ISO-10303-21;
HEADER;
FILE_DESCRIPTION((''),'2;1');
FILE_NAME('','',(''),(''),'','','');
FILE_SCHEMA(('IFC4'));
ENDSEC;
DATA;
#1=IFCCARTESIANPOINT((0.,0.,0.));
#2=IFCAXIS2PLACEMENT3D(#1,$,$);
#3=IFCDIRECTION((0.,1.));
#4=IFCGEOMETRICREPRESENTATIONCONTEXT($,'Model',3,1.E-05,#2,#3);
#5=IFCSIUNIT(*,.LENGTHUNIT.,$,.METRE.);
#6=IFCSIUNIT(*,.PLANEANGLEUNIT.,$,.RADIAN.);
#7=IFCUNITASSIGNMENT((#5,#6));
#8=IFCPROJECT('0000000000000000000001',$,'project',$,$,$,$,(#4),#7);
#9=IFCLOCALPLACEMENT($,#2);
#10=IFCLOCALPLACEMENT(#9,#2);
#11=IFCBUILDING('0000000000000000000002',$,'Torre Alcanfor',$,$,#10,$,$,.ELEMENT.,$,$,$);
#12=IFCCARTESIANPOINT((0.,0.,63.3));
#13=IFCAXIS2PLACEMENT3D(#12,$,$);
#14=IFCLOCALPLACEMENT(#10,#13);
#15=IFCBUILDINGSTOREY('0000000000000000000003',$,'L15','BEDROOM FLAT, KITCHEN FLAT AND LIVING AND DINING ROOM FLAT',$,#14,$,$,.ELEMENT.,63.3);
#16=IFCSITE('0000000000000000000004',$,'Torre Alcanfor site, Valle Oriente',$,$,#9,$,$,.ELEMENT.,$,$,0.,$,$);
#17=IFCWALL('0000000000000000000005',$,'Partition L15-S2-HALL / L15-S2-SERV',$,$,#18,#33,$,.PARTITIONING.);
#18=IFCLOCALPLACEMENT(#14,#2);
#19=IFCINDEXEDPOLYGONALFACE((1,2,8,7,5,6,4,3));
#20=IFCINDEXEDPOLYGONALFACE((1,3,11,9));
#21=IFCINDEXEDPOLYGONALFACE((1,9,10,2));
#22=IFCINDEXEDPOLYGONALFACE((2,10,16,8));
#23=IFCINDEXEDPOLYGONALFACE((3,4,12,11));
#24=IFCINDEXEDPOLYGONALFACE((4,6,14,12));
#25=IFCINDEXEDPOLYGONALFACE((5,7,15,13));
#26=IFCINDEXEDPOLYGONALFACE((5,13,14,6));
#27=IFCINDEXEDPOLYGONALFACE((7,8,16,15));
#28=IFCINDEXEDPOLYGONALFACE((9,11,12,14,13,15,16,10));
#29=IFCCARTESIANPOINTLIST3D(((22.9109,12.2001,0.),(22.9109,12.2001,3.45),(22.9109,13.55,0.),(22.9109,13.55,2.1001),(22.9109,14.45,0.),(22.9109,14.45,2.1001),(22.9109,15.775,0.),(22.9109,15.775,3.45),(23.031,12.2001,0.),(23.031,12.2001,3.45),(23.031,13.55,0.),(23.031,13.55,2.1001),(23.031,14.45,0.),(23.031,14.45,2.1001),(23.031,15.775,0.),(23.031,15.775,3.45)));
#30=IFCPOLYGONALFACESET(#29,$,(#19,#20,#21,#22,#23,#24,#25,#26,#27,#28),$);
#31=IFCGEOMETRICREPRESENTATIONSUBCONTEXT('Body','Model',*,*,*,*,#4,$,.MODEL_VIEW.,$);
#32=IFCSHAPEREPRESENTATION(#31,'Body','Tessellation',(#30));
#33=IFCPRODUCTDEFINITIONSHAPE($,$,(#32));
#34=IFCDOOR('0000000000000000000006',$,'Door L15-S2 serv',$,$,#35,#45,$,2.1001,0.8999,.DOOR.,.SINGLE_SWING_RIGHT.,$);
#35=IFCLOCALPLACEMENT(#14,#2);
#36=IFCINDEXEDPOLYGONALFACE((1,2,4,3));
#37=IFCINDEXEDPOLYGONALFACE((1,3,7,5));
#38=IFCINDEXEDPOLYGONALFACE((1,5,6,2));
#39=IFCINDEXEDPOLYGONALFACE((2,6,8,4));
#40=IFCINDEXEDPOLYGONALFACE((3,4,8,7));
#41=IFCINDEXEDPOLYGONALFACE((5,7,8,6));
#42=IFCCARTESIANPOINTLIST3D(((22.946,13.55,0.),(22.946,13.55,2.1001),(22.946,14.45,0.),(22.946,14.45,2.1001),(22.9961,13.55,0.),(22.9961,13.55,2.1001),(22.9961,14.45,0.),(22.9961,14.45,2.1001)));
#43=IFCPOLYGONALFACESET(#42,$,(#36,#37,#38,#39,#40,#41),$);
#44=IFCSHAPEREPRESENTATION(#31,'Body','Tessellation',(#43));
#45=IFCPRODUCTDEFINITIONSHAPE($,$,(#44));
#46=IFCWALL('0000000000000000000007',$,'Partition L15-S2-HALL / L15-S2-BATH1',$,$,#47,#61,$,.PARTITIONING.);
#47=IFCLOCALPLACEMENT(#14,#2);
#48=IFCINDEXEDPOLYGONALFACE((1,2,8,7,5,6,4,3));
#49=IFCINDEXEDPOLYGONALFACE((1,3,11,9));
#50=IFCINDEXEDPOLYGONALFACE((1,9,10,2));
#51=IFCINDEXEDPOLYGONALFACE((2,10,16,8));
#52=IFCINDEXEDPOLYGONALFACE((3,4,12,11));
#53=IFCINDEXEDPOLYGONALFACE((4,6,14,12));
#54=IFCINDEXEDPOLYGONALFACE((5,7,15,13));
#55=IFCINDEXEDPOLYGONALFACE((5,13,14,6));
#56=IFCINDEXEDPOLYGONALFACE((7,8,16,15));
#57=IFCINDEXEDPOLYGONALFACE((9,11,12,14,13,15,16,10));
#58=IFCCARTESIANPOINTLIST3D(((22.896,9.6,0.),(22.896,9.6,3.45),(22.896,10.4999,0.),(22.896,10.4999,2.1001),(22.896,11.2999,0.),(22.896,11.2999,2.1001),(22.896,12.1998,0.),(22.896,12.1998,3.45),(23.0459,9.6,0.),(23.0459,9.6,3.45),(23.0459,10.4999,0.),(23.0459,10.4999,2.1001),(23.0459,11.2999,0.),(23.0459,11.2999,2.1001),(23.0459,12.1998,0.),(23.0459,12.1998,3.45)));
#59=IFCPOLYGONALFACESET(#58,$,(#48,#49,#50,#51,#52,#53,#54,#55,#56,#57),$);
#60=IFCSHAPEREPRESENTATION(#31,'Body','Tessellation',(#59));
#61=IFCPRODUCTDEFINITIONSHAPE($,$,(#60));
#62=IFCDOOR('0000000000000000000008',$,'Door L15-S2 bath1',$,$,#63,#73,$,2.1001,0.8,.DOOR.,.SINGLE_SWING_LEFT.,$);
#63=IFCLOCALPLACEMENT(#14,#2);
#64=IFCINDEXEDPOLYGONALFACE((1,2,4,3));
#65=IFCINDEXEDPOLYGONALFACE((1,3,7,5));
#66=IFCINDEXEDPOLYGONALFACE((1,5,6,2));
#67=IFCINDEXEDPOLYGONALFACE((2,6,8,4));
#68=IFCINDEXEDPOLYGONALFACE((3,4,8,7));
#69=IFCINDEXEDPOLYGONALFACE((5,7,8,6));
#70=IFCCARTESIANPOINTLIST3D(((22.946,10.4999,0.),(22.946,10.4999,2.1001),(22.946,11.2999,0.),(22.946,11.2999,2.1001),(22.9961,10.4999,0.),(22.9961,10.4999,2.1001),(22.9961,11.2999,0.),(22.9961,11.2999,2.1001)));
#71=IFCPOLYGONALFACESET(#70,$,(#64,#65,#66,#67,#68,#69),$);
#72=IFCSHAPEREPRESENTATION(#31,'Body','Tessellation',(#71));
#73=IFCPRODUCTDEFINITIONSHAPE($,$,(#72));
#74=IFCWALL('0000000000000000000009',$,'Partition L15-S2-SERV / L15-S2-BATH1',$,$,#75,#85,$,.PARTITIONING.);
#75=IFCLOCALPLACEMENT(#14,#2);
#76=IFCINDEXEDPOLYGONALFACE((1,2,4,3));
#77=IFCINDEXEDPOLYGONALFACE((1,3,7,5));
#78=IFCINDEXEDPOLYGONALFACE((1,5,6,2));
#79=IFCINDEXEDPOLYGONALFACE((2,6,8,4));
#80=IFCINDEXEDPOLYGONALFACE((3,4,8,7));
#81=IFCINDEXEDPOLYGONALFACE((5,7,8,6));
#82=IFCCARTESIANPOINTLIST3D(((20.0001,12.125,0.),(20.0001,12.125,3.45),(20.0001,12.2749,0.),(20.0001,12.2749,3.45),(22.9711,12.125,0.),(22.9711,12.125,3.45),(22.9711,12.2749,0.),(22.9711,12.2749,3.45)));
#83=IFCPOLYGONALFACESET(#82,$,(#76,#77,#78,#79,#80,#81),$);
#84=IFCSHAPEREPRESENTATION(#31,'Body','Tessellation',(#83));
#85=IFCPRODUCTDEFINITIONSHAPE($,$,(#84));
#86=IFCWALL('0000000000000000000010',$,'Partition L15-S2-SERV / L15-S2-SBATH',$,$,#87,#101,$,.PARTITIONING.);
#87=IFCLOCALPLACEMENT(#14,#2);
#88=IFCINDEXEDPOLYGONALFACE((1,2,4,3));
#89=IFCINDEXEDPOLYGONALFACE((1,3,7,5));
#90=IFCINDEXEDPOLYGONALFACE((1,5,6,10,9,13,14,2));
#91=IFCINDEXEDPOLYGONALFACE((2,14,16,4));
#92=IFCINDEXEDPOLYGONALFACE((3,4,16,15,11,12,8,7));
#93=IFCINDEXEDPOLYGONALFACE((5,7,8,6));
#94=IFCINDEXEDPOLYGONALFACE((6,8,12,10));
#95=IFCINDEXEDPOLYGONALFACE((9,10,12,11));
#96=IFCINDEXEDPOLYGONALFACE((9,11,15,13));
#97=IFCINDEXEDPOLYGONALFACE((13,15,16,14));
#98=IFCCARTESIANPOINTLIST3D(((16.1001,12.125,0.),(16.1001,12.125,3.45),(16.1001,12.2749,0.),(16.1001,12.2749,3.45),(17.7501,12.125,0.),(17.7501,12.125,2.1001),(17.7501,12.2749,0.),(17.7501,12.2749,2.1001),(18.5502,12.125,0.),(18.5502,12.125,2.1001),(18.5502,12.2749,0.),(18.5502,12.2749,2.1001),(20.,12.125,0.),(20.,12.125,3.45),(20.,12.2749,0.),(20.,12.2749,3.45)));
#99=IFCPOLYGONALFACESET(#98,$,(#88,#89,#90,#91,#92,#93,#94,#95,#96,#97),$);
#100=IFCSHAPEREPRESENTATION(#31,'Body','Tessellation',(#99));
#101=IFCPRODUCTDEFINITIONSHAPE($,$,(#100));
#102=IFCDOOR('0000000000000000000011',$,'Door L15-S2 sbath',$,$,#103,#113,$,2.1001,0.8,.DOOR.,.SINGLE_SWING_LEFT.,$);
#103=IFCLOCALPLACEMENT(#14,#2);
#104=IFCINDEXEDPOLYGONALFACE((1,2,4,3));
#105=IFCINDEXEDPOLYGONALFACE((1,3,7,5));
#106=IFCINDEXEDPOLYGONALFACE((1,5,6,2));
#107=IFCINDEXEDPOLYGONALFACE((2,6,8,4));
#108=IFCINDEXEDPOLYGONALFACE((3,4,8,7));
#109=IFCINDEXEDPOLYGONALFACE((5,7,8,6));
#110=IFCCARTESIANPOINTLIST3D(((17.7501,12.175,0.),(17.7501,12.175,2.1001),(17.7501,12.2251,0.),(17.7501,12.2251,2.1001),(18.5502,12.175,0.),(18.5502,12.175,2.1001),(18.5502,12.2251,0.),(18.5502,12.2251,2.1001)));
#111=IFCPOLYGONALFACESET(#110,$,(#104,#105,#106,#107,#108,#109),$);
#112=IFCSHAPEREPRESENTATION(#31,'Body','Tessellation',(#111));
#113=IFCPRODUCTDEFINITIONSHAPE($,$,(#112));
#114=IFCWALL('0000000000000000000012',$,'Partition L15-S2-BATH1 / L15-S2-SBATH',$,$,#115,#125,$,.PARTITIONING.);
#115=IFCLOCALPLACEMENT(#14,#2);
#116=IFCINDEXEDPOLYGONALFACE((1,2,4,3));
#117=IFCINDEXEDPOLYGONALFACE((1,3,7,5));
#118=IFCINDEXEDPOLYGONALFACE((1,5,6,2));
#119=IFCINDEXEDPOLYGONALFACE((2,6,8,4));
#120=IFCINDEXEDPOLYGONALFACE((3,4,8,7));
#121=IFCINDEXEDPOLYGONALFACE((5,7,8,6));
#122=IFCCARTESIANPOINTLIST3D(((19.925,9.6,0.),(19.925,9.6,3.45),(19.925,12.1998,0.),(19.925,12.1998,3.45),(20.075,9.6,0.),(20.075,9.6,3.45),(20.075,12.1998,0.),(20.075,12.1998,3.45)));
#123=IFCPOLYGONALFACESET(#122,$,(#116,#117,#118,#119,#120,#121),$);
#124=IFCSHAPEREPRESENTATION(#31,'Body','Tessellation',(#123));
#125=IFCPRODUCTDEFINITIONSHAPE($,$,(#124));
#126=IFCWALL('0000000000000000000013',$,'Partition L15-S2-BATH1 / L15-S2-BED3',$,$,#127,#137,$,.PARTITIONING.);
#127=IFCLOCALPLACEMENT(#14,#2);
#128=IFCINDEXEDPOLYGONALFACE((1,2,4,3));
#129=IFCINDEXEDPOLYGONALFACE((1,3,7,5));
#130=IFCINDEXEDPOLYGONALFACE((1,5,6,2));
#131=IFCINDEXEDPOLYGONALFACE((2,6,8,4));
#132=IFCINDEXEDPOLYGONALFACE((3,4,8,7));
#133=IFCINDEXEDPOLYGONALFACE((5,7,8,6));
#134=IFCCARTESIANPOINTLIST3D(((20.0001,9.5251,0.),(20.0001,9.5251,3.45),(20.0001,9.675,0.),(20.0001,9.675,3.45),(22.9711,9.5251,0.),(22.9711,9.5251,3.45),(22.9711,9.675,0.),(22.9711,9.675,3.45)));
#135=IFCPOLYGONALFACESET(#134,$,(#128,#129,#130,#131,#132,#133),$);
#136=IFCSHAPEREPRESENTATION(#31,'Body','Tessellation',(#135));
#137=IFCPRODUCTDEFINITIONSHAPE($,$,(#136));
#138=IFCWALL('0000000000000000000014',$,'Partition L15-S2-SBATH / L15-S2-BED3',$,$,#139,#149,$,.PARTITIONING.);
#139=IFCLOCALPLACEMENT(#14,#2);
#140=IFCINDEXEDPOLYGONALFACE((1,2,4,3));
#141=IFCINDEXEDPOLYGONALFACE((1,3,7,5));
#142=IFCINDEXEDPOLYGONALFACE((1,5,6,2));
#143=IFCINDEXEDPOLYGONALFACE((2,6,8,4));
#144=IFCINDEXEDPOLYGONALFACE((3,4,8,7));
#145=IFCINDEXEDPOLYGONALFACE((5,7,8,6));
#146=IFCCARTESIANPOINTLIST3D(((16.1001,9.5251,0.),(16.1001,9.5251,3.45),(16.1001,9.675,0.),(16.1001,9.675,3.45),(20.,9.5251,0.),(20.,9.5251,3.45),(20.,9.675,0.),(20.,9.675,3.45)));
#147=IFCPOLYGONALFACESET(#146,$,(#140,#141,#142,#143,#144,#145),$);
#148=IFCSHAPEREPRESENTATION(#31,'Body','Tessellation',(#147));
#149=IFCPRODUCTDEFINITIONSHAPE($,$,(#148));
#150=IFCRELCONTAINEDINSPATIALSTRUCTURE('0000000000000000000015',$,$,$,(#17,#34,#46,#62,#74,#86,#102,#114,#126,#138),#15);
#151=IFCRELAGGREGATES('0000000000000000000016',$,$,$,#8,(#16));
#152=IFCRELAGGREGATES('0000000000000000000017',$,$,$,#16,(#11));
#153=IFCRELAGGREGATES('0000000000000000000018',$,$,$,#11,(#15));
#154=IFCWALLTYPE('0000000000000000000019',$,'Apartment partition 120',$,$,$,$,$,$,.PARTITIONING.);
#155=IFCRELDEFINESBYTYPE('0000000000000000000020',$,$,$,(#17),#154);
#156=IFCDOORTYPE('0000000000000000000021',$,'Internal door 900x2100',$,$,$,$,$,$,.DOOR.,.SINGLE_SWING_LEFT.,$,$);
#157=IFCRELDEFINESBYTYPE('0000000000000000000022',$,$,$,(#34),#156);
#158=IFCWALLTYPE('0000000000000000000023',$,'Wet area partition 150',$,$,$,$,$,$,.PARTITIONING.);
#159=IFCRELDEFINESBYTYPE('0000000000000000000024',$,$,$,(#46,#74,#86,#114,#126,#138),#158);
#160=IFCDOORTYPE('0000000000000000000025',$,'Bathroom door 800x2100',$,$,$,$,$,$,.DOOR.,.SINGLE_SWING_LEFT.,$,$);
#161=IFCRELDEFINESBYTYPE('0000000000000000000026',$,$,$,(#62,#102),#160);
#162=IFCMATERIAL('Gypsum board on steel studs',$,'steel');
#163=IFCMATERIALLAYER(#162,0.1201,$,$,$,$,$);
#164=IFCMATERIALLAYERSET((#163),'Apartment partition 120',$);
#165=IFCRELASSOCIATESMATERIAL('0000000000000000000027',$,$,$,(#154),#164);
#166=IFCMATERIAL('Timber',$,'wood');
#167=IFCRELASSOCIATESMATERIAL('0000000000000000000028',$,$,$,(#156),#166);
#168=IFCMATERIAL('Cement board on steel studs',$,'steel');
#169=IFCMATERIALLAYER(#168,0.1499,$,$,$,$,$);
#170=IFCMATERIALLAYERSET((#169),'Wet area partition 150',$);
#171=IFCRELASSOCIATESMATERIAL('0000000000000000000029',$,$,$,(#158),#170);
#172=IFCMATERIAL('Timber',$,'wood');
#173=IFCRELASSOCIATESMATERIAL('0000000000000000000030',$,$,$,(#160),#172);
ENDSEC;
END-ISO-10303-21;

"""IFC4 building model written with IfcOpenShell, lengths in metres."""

from ifc_helpers import new_model, si_unit, direction, frame, frame_2d, origin, place, context, subcontext, project, spatial, rectangle, extrude, material, layer, layer_set, type_object, element, fill, save


model = new_model("IFC4")

# Units and contexts
model_context = context("Model", 3, precision=1e-05, world=origin(), true_north=direction((0.0, 1.0)))
body_context = subcontext(model_context, "Body", "Model", "MODEL_VIEW")
ifc_project = project(units=[si_unit("LENGTHUNIT", "METRE"), si_unit("PLANEANGLEUNIT", "RADIAN")], contexts=[model_context])

# Site, building, storey
site_placement = place(None, origin())
site = spatial("IfcSite", under=ifc_project, at=site_placement, Name="Torre Alcanfor site, Valle Oriente", CompositionType="ELEMENT", RefElevation=0.0)
building_placement = place(site_placement, origin())
building = spatial("IfcBuilding", under=site, at=building_placement, Name="Torre Alcanfor", CompositionType="ELEMENT")
storey_placement = place(building_placement, frame((0.0, 0.0, 63.3)))
storey = spatial("IfcBuildingStorey", under=building, at=storey_placement, Name="L15", Description="BEDROOM FLAT, KITCHEN FLAT AND LIVING AND DINING ROOM FLAT", CompositionType="ELEMENT", Elevation=63.3)

# Walls, openings, doors
ifc_material_1 = material(Name="Gypsum board on steel studs", Category="steel")
ifc_layer_1 = layer(ifc_material_1, 0.1201)
ifc_layer_set_1 = layer_set([ifc_layer_1], Name="Apartment partition 120")
wall_type_1 = type_object("IfcWallType", Name="Apartment partition 120", PredefinedType="PARTITIONING", material=ifc_layer_set_1)
ifc_material_2 = material(Name="Timber", Category="wood")
door_type_1 = type_object("IfcDoorType", Name="Internal door 900x2100", OperationType="SINGLE_SWING_LEFT", PredefinedType="DOOR", material=ifc_material_2)
wall_1_placement = place(storey_placement, frame((22.9709, 12.2, 0.0), z_axis=(0.0, 0.0, 1.0), x_axis=(0.0, 1.0, 0.0)))
wall_1 = element("IfcWall", 1, at=wall_1_placement, inside=storey, type_object=wall_type_1, Name="Partition L15-S2-HALL / L15-S2-SERV", PredefinedType="PARTITIONING", context=body_context, shape_type="SweptSolid", body=[
    extrude(rectangle(XDim=3.575, YDim=0.1201, at=frame_2d((1.7876, 0.0))), origin(), (0.0, 0.0, 1.0), 3.45),
])
opening_1_placement = place(wall_1_placement, frame((1.3501, 0.0, 0.0)))
opening_1 = element("IfcOpeningElement", 2, at=opening_1_placement, cuts=wall_1, PredefinedType="OPENING", context=body_context, shape_type="SweptSolid", body=[
    extrude(rectangle(XDim=0.8999, YDim=2.1001, at=frame_2d((0.45, 1.05))), frame((0.0, 0.0701, 0.0), z_axis=(0.0, -1.0, 0.0), x_axis=(1.0, 0.0, 0.0)), (0.0, 0.0, 1.0), 0.1401),
])
door_1_placement = place(opening_1_placement, origin())
door_1 = element("IfcDoor", 3, at=door_1_placement, inside=storey, type_object=door_type_1, Name="Door L15-S2 serv", OperationType="SINGLE_SWING_RIGHT", OverallHeight=2.1001, OverallWidth=0.8999, PredefinedType="DOOR", context=body_context, shape_type="SweptSolid", body=[
    extrude(rectangle(XDim=0.8999, YDim=2.1001, at=frame_2d((0.45, 1.05))), frame((0.0, 0.0249, 0.0), z_axis=(0.0, -1.0, 0.0), x_axis=(1.0, 0.0, 0.0)), (0.0, 0.0, 1.0), 0.05),
])
fill(opening_1, door_1)
ifc_material_3 = material(Name="Cement board on steel studs", Category="steel")
ifc_layer_2 = layer(ifc_material_3, 0.1499)
ifc_layer_set_2 = layer_set([ifc_layer_2], Name="Wet area partition 150")
wall_type_2 = type_object("IfcWallType", Name="Wet area partition 150", PredefinedType="PARTITIONING", material=ifc_layer_set_2)
wall_2_placement = place(storey_placement, frame((22.9709, 9.6001, 0.0), z_axis=(0.0, 0.0, 1.0), x_axis=(0.0, 1.0, 0.0)))
wall_2 = element("IfcWall", 4, at=wall_2_placement, inside=storey, type_object=wall_type_2, Name="Partition L15-S2-HALL / L15-S2-BATH1", PredefinedType="PARTITIONING", context=body_context, shape_type="SweptSolid", body=[
    extrude(rectangle(XDim=2.5999, YDim=0.1499, at=frame_2d((1.2998, 0.0))), origin(), (0.0, 0.0, 1.0), 3.45),
])
opening_2_placement = place(wall_2_placement, frame((0.8999, 0.0, 0.0)))
opening_2 = element("IfcOpeningElement", 5, at=opening_2_placement, cuts=wall_2, PredefinedType="OPENING", context=body_context, shape_type="SweptSolid", body=[
    extrude(rectangle(XDim=0.8, YDim=2.1001, at=frame_2d((0.3999, 1.05))), frame((0.0, 0.085, 0.0), z_axis=(0.0, -1.0, 0.0), x_axis=(1.0, 0.0, 0.0)), (0.0, 0.0, 1.0), 0.1699),
])
ifc_material_4 = material(Name="Timber", Category="wood")
door_type_2 = type_object("IfcDoorType", Name="Bathroom door 800x2100", OperationType="SINGLE_SWING_LEFT", PredefinedType="DOOR", material=ifc_material_4)
door_2_placement = place(opening_2_placement, origin())
door_2 = element("IfcDoor", 6, at=door_2_placement, inside=storey, type_object=door_type_2, Name="Door L15-S2 bath1", OperationType="SINGLE_SWING_LEFT", OverallHeight=2.1001, OverallWidth=0.8, PredefinedType="DOOR", context=body_context, shape_type="SweptSolid", body=[
    extrude(rectangle(XDim=0.8, YDim=2.1001, at=frame_2d((0.3999, 1.05))), frame((0.0, 0.0249, 0.0), z_axis=(0.0, -1.0, 0.0), x_axis=(1.0, 0.0, 0.0)), (0.0, 0.0, 1.0), 0.05),
])
fill(opening_2, door_2)

# Wall
wall_3_placement = place(storey_placement, frame((22.9709, 12.2, 0.0), z_axis=(0.0, 0.0, 1.0), x_axis=(-1.0, 0.0, 0.0)))
element("IfcWall", 7, at=wall_3_placement, inside=storey, type_object=wall_type_2, Name="Partition L15-S2-SERV / L15-S2-BATH1", PredefinedType="PARTITIONING", context=body_context, shape_type="SweptSolid", body=[
    extrude(rectangle(XDim=2.9709, YDim=0.1499, at=frame_2d((1.4854, 0.0))), origin(), (0.0, 0.0, 1.0), 3.45),
])

# Wall, opening, door
wall_4_placement = place(storey_placement, frame((20.0, 12.2, 0.0), z_axis=(0.0, 0.0, 1.0), x_axis=(-1.0, 0.0, 0.0)))
wall_4 = element("IfcWall", 8, at=wall_4_placement, inside=storey, type_object=wall_type_2, Name="Partition L15-S2-SERV / L15-S2-SBATH", PredefinedType="PARTITIONING", context=body_context, shape_type="SweptSolid", body=[
    extrude(rectangle(XDim=3.8999, YDim=0.1499, at=frame_2d((1.95, 0.0))), origin(), (0.0, 0.0, 1.0), 3.45),
])
opening_3_placement = place(wall_4_placement, frame((1.45, 0.0, 0.0)))
opening_3 = element("IfcOpeningElement", 9, at=opening_3_placement, cuts=wall_4, PredefinedType="OPENING", context=body_context, shape_type="SweptSolid", body=[
    extrude(rectangle(XDim=0.8, YDim=2.1001, at=frame_2d((0.3999, 1.05))), frame((0.0, 0.085, 0.0), z_axis=(0.0, -1.0, 0.0), x_axis=(1.0, 0.0, 0.0)), (0.0, 0.0, 1.0), 0.1699),
])
door_3_placement = place(opening_3_placement, origin())
door_3 = element("IfcDoor", 10, at=door_3_placement, inside=storey, type_object=door_type_2, Name="Door L15-S2 sbath", OperationType="SINGLE_SWING_LEFT", OverallHeight=2.1001, OverallWidth=0.8, PredefinedType="DOOR", context=body_context, shape_type="SweptSolid", body=[
    extrude(rectangle(XDim=0.8, YDim=2.1001, at=frame_2d((0.3999, 1.05))), frame((0.0, 0.0249, 0.0), z_axis=(0.0, -1.0, 0.0), x_axis=(1.0, 0.0, 0.0)), (0.0, 0.0, 1.0), 0.05),
])
fill(opening_3, door_3)

# Walls
wall_5_placement = place(storey_placement, frame((20.0, 9.6001, 0.0), z_axis=(0.0, 0.0, 1.0), x_axis=(0.0, 1.0, 0.0)))
element("IfcWall", 11, at=wall_5_placement, inside=storey, type_object=wall_type_2, Name="Partition L15-S2-BATH1 / L15-S2-SBATH", PredefinedType="PARTITIONING", context=body_context, shape_type="SweptSolid", body=[
    extrude(rectangle(XDim=2.5999, YDim=0.1499, at=frame_2d((1.2998, 0.0))), origin(), (0.0, 0.0, 1.0), 3.45),
])
wall_6_placement = place(storey_placement, frame((22.9709, 9.6001, 0.0), z_axis=(0.0, 0.0, 1.0), x_axis=(-1.0, 0.0, 0.0)))
element("IfcWall", 12, at=wall_6_placement, inside=storey, type_object=wall_type_2, Name="Partition L15-S2-BATH1 / L15-S2-BED3", PredefinedType="PARTITIONING", context=body_context, shape_type="SweptSolid", body=[
    extrude(rectangle(XDim=2.9709, YDim=0.1499, at=frame_2d((1.4854, 0.0))), origin(), (0.0, 0.0, 1.0), 3.45),
])
wall_7_placement = place(storey_placement, frame((20.0, 9.6001, 0.0), z_axis=(0.0, 0.0, 1.0), x_axis=(-1.0, 0.0, 0.0)))
element("IfcWall", 13, at=wall_7_placement, inside=storey, type_object=wall_type_2, Name="Partition L15-S2-SBATH / L15-S2-BED3", PredefinedType="PARTITIONING", context=body_context, shape_type="SweptSolid", body=[
    extrude(rectangle(XDim=3.8999, YDim=0.1499, at=frame_2d((1.95, 0.0))), origin(), (0.0, 0.0, 1.0), 3.45),
])

save(model, "model.ifc")
